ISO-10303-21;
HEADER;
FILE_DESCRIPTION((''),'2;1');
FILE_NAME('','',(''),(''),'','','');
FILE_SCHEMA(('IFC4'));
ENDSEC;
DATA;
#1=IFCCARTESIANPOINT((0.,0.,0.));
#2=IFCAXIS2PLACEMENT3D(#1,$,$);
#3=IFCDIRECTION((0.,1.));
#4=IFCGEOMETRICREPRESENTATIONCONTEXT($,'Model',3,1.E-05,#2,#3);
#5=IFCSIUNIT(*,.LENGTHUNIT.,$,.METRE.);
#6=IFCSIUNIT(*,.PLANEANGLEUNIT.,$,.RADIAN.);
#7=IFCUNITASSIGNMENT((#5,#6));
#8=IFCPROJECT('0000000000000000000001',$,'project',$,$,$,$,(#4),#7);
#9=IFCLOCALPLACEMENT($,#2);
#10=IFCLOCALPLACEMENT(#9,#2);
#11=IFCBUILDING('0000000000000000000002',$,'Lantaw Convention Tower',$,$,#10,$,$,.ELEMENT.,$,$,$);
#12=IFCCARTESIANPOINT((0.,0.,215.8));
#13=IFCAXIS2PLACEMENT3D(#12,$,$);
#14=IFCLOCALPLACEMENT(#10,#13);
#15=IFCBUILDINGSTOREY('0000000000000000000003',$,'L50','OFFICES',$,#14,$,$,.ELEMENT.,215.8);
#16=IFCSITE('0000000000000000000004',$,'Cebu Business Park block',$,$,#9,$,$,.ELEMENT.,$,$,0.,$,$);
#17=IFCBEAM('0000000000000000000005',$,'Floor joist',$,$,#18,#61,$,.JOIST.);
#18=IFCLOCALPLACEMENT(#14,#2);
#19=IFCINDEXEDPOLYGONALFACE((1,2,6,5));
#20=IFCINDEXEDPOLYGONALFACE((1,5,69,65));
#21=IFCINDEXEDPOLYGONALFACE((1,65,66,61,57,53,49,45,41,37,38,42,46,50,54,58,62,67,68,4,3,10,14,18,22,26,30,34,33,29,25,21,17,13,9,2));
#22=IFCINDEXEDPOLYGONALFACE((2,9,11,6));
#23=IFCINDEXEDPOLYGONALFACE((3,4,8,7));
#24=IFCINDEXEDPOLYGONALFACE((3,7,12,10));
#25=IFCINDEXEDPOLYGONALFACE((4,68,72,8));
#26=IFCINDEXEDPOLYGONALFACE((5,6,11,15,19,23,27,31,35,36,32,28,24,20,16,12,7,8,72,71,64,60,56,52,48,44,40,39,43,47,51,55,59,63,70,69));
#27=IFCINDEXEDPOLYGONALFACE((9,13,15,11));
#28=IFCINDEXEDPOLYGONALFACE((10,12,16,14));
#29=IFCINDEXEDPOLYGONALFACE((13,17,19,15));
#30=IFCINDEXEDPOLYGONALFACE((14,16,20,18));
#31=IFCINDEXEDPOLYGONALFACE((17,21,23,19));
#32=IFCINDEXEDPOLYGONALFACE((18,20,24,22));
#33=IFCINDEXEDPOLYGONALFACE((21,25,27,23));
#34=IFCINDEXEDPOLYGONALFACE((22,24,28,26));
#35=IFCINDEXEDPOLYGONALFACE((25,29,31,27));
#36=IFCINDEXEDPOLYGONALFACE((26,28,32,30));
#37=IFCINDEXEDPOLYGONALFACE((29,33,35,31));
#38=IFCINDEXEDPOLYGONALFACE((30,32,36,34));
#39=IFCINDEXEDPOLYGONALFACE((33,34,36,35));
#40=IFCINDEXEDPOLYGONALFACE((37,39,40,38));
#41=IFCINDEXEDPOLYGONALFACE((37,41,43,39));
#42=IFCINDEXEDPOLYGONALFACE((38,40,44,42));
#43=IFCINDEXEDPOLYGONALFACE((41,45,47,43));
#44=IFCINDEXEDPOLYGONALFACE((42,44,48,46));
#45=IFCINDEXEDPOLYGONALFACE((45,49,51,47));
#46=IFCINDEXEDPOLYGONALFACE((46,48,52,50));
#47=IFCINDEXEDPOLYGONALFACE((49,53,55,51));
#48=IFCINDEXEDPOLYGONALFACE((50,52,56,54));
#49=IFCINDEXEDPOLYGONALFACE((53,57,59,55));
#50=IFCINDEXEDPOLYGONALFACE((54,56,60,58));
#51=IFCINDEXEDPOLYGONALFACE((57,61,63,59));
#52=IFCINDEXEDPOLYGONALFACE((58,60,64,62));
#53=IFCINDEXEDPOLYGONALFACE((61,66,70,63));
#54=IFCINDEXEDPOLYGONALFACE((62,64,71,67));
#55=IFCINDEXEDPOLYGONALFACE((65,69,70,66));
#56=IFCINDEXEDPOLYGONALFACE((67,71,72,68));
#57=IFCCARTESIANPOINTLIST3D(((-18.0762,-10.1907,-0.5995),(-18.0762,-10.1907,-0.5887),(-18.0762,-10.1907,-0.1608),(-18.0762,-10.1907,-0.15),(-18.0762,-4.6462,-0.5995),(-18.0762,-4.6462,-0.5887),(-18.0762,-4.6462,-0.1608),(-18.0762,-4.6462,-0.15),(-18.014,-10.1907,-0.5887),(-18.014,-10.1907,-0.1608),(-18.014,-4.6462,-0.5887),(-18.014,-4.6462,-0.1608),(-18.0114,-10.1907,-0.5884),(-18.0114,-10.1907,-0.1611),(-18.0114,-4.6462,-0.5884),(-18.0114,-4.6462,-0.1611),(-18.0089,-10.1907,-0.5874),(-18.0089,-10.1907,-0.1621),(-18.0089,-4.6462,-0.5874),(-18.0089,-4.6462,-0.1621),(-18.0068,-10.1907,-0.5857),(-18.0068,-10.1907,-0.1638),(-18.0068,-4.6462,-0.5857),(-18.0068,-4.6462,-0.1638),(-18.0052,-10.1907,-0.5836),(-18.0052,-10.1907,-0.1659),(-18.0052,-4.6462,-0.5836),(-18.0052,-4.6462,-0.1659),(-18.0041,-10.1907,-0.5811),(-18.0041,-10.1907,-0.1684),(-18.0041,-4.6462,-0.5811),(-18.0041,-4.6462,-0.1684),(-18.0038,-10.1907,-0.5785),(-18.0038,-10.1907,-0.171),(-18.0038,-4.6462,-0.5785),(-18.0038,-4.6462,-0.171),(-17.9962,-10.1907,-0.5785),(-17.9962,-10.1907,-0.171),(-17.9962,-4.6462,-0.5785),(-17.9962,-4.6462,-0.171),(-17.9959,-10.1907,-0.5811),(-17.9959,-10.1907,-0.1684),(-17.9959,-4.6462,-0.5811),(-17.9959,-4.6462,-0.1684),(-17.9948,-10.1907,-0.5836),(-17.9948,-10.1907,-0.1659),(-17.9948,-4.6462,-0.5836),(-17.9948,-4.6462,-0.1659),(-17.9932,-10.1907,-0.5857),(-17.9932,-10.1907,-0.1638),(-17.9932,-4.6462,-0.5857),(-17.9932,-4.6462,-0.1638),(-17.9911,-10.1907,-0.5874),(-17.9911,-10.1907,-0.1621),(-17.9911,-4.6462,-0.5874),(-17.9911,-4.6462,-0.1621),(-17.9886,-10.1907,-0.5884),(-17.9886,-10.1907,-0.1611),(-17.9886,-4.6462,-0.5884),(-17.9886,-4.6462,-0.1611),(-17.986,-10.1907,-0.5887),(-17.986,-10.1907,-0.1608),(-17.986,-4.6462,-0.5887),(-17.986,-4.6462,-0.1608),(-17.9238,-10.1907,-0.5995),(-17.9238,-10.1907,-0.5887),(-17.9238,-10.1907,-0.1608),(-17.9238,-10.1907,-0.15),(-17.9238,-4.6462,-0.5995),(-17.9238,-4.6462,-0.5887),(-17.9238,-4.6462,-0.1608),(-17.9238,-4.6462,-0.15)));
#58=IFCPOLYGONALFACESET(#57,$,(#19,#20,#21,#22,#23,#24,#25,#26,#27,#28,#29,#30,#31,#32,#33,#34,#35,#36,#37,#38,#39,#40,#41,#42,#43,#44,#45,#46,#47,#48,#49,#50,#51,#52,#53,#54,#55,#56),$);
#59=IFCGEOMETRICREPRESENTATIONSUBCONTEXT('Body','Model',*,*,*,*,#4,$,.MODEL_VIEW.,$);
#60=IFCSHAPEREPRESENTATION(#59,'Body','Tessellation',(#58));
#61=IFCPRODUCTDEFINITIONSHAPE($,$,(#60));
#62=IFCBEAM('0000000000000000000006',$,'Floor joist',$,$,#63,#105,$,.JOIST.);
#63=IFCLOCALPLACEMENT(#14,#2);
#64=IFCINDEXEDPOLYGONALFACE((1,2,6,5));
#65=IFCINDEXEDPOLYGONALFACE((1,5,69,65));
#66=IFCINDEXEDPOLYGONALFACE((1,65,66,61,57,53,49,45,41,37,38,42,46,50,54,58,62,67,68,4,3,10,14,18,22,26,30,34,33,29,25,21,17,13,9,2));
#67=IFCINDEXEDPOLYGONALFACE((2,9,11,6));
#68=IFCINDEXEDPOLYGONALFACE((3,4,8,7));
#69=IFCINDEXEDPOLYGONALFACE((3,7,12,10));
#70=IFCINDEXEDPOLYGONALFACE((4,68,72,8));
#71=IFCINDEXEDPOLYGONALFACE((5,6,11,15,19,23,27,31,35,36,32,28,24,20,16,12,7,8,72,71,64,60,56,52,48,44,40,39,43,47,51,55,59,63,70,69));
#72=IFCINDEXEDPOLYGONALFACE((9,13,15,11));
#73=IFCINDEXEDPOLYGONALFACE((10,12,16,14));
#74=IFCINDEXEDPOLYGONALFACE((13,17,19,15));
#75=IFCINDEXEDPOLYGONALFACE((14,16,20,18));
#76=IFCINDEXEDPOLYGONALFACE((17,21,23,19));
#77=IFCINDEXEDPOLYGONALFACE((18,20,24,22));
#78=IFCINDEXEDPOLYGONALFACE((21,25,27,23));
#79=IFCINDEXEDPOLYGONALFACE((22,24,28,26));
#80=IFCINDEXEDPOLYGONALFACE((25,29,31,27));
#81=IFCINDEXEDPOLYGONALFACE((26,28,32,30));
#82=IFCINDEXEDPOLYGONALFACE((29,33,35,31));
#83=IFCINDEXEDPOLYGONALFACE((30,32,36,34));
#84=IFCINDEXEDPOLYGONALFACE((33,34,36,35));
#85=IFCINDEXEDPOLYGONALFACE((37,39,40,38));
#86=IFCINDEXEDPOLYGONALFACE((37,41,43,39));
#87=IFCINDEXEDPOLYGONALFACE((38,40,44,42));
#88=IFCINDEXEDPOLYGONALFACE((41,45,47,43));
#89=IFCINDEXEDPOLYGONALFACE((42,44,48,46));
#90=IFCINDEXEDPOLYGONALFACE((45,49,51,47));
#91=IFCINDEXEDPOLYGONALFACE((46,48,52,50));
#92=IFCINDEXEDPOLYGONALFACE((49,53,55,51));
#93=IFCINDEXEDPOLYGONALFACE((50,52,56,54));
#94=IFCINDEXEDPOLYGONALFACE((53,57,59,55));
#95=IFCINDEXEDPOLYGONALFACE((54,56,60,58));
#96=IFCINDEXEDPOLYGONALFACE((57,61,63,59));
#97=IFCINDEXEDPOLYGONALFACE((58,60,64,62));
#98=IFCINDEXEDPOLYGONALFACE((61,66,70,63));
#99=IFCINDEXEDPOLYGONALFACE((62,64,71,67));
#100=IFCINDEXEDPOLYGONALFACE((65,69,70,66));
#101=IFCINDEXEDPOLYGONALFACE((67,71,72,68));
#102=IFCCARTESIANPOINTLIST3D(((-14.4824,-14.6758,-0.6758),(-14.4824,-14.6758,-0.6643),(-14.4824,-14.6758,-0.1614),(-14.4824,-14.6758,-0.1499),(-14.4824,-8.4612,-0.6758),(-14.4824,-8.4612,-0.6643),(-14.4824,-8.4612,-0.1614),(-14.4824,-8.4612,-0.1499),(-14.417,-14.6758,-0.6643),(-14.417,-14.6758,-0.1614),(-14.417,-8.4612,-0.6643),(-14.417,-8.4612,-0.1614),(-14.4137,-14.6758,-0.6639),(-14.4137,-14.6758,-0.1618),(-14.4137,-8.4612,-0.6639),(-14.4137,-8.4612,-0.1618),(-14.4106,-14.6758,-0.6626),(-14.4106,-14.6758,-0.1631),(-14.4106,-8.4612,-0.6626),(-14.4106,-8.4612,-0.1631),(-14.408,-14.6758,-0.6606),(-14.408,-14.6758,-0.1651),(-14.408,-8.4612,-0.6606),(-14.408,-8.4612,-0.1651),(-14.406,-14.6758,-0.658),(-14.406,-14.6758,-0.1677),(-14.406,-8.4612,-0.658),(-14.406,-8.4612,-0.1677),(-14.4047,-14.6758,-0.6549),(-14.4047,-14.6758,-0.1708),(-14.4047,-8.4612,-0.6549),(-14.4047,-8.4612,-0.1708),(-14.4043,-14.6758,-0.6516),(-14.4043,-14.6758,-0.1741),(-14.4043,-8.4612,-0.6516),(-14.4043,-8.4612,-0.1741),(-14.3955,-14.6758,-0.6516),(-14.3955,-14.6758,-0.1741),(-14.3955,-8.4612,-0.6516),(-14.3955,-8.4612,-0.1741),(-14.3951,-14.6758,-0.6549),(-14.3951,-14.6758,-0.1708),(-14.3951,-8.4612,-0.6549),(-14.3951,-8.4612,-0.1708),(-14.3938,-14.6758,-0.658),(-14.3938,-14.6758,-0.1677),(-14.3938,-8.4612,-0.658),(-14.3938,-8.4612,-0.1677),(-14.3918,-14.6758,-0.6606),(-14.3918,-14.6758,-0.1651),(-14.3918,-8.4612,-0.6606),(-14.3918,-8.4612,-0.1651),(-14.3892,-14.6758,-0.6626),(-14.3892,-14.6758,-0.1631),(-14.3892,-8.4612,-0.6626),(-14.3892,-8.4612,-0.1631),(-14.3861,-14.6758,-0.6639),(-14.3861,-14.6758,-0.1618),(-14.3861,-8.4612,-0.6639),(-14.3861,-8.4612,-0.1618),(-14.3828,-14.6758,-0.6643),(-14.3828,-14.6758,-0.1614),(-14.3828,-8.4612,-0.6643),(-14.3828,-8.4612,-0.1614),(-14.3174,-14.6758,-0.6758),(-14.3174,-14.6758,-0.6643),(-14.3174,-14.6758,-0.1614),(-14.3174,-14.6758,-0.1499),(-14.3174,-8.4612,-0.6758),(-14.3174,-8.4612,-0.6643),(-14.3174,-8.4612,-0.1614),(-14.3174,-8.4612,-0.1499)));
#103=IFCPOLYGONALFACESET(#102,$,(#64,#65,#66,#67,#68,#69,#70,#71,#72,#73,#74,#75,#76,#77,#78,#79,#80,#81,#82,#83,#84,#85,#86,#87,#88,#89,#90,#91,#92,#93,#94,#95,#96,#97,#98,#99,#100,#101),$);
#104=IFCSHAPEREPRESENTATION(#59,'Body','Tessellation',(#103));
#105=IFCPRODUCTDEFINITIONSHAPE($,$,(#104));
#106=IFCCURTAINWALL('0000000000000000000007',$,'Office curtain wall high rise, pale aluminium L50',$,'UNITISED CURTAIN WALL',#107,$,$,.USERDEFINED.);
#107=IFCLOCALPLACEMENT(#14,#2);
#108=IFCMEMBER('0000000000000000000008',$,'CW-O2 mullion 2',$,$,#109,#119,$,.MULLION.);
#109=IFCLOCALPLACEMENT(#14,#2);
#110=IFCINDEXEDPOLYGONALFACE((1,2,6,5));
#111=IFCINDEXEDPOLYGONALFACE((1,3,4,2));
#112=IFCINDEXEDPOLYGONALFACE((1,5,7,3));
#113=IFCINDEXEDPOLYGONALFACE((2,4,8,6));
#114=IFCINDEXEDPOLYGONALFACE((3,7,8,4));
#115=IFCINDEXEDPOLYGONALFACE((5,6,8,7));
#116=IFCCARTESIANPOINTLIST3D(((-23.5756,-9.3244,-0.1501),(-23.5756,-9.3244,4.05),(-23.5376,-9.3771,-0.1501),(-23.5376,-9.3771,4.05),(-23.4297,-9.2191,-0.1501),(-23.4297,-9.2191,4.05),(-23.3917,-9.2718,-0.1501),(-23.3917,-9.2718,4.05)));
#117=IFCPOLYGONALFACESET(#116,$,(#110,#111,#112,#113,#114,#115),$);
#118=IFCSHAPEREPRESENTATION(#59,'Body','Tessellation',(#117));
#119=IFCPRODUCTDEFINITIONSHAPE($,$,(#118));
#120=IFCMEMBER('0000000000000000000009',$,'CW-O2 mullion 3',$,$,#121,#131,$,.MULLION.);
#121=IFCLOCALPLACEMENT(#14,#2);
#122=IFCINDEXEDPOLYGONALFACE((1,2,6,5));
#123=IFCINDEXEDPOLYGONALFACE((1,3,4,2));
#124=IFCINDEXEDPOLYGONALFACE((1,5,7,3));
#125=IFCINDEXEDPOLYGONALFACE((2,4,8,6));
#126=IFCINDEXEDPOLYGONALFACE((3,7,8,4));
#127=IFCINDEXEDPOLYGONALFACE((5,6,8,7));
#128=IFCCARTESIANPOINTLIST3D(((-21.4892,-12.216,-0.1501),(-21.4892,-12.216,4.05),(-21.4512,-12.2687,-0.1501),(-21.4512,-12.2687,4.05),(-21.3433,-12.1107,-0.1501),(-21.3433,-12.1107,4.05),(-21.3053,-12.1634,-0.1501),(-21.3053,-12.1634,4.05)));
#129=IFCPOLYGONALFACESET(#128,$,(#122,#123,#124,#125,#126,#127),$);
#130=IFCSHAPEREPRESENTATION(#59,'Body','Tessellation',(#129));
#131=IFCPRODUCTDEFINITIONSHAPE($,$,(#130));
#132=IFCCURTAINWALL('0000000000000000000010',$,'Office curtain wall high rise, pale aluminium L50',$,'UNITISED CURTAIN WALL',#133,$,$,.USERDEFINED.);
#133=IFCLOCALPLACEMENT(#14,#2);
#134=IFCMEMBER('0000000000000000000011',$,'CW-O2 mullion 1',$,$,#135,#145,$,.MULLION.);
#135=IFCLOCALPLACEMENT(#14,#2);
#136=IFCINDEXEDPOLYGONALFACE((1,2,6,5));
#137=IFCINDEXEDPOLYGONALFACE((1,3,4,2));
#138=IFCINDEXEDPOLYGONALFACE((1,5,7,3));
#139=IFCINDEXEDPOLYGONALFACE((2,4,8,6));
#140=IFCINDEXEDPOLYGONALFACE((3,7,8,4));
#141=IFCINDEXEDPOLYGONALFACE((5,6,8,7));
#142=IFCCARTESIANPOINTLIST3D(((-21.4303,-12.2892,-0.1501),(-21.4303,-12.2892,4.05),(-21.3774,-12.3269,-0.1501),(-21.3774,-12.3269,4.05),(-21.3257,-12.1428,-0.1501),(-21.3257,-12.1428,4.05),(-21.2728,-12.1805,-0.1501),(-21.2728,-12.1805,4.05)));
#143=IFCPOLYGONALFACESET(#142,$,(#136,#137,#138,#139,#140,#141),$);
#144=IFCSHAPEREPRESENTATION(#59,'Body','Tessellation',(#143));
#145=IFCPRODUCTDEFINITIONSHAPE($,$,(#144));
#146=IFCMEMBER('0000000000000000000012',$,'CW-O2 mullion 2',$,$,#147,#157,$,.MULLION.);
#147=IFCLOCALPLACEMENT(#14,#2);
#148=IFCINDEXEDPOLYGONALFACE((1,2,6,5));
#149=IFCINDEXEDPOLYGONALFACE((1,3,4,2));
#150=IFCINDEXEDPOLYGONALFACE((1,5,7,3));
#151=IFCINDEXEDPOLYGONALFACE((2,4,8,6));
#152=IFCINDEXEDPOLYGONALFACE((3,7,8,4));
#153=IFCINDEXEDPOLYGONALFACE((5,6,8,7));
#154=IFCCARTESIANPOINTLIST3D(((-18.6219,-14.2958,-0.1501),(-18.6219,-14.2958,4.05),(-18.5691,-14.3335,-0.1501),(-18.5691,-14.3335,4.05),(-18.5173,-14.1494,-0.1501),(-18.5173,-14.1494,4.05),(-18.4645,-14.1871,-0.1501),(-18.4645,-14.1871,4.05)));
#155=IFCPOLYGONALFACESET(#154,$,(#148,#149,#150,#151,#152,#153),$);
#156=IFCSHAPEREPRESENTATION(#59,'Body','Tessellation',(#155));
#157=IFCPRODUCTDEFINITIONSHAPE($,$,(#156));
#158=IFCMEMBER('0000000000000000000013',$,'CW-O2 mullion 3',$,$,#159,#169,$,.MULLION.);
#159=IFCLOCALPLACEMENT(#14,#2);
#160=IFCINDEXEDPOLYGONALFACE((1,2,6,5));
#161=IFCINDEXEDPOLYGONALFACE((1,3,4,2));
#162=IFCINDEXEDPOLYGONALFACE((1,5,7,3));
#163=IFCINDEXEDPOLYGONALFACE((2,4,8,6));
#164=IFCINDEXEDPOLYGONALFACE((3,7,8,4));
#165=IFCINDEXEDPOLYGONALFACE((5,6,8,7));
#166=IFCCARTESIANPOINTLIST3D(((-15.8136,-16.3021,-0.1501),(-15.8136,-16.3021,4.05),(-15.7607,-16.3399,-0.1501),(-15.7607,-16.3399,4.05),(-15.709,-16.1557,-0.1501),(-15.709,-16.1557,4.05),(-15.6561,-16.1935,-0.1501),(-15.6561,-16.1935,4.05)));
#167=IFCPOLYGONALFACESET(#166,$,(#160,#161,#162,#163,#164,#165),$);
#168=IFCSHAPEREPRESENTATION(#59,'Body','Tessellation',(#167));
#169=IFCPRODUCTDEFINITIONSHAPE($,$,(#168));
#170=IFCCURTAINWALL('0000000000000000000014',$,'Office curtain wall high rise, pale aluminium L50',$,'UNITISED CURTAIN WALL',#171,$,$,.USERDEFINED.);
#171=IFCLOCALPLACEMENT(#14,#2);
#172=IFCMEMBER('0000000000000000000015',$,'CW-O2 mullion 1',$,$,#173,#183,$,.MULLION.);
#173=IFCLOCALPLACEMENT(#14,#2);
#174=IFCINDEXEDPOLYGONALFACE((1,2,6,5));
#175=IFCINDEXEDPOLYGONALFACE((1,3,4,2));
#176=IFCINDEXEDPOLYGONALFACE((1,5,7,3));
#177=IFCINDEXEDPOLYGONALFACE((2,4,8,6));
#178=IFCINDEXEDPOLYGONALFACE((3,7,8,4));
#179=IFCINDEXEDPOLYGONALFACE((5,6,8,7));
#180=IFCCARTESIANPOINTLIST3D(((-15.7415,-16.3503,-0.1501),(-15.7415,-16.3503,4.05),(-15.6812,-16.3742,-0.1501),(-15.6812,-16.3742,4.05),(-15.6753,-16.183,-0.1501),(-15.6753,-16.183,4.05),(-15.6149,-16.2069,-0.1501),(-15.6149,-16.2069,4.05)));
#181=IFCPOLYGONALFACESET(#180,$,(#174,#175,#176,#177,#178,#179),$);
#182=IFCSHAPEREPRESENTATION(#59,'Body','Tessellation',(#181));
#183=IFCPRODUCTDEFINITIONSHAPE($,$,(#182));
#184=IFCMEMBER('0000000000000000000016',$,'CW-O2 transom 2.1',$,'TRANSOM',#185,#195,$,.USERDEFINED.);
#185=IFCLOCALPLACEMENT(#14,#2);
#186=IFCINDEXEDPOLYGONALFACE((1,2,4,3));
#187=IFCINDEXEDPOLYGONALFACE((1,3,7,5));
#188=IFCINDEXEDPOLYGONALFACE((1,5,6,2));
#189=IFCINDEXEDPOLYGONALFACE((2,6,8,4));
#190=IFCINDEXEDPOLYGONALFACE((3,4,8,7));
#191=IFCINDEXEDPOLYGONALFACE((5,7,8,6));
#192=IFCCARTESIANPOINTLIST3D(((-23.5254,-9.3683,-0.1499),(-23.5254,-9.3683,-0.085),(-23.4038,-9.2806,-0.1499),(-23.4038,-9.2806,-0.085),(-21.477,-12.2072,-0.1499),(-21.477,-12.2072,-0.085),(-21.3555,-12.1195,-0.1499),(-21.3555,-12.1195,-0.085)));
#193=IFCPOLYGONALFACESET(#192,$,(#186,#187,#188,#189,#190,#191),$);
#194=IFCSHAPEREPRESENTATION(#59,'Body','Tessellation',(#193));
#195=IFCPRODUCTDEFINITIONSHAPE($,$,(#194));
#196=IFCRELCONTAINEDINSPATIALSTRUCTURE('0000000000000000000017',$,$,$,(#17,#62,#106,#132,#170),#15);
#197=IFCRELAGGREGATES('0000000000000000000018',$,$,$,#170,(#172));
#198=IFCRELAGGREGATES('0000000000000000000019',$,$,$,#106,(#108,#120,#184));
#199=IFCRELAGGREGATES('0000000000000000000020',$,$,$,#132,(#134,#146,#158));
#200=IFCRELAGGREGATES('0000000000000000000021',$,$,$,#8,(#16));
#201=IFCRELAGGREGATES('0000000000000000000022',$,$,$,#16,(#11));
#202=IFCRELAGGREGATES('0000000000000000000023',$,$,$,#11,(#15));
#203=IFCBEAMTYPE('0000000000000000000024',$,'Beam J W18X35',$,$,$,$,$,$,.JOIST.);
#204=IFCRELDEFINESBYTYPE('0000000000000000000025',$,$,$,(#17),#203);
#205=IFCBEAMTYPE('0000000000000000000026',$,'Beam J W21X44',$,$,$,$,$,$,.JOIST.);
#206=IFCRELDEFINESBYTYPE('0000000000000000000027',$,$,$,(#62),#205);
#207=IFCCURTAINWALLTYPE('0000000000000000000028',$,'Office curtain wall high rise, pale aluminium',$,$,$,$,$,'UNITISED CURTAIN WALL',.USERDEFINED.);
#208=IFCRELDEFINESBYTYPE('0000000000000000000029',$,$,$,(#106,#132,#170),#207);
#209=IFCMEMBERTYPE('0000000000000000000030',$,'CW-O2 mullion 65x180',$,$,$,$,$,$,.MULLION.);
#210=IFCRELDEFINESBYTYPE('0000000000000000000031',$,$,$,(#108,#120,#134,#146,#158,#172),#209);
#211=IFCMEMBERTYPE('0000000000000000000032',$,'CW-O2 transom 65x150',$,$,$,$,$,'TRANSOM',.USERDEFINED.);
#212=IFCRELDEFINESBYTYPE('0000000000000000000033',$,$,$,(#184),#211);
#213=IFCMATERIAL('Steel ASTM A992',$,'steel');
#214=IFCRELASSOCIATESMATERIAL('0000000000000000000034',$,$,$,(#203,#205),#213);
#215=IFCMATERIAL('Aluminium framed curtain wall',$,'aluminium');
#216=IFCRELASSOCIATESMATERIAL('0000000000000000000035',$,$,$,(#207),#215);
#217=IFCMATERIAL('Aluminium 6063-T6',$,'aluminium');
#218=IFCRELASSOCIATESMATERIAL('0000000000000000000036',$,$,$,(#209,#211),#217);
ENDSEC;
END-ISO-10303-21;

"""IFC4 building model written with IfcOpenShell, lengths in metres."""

from ifc_helpers import new_model, si_unit, direction, frame, origin, origin_2d, place, context, subcontext, project, spatial, rectangle, i_section, extrude, material, material_profile, profile_set, type_object, element, aggregate, save


model = new_model("IFC4")

# Units and contexts
model_context = context("Model", 3, precision=1e-05, world=origin(), true_north=direction((0.0, 1.0)))
body_context = subcontext(model_context, "Body", "Model", "MODEL_VIEW")
ifc_project = project(units=[si_unit("LENGTHUNIT", "METRE"), si_unit("PLANEANGLEUNIT", "RADIAN")], contexts=[model_context])

# Site, building, storey
site_placement = place(None, origin())
site = spatial("IfcSite", under=ifc_project, at=site_placement, Name="Cebu Business Park block", CompositionType="ELEMENT", RefElevation=0.0)
building_placement = place(site_placement, origin())
building = spatial("IfcBuilding", under=site, at=building_placement, Name="Lantaw Convention Tower", CompositionType="ELEMENT")
storey_placement = place(building_placement, frame((0.0, 0.0, 215.8)))
storey = spatial("IfcBuildingStorey", under=building, at=storey_placement, Name="L50", Description="OFFICES", CompositionType="ELEMENT", Elevation=215.8)

# Beams
ifc_material_1 = material(Name="Steel ASTM A992", Category="steel")
ifc_material_profile_1 = material_profile(ifc_material_1, i_section(OverallWidth=0.1523, OverallDepth=0.4495, WebThickness=0.0076, FlangeThickness=0.0107, FilletRadius=0.0103, at=origin_2d()), Name="W18X35")
ifc_profile_set_1 = profile_set([ifc_material_profile_1], Name="Steel ASTM A992")
beam_type_1 = type_object("IfcBeamType", Name="Beam J W18X35", PredefinedType="JOIST", material=ifc_profile_set_1)
beam_1_placement = place(storey_placement, frame((-18.0, -10.1907, -0.3748), z_axis=(0.0, 1.0, 0.0), x_axis=(-1.0, 0.0, 0.0)))
element("IfcBeam", 1, at=beam_1_placement, inside=storey, type_object=beam_type_1, Name="Floor joist", PredefinedType="JOIST", context=body_context, shape_type="SweptSolid", body=[
    extrude(i_section(OverallWidth=0.1523, OverallDepth=0.4495, WebThickness=0.0076, FlangeThickness=0.0107, FilletRadius=0.0103, at=origin_2d()), origin(), (0.0, 0.0, 1.0), 5.5444),
])
ifc_material_profile_2 = material_profile(ifc_material_1, i_section(OverallWidth=0.165, OverallDepth=0.5259, WebThickness=0.0088, FlangeThickness=0.0115, FilletRadius=0.0127, at=origin_2d()), Name="W21X44")
ifc_profile_set_2 = profile_set([ifc_material_profile_2], Name="Steel ASTM A992")
beam_type_2 = type_object("IfcBeamType", Name="Beam J W21X44", PredefinedType="JOIST", material=ifc_profile_set_2)
beam_2_placement = place(storey_placement, frame((-14.3999, -14.6758, -0.4128), z_axis=(0.0, 1.0, 0.0), x_axis=(-1.0, 0.0, 0.0)))
element("IfcBeam", 2, at=beam_2_placement, inside=storey, type_object=beam_type_2, Name="Floor joist", PredefinedType="JOIST", context=body_context, shape_type="SweptSolid", body=[
    extrude(i_section(OverallWidth=0.165, OverallDepth=0.5259, WebThickness=0.0088, FlangeThickness=0.0115, FilletRadius=0.0127, at=origin_2d()), origin(), (0.0, 0.0, 1.0), 6.2146),
])

# Curtain walls, members
ifc_material_2 = material(Name="Aluminium framed curtain wall", Category="aluminium")
curtain_wall_type = type_object("IfcCurtainWallType", Name="Office curtain wall high rise, pale aluminium", ElementType="UNITISED CURTAIN WALL", PredefinedType="USERDEFINED", material=ifc_material_2)
curtain_wall_1_placement = place(storey_placement, origin())
curtain_wall_1 = element("IfcCurtainWall", 3, at=curtain_wall_1_placement, inside=storey, type_object=curtain_wall_type, Name="Office curtain wall high rise, pale aluminium L50", ObjectType="UNITISED CURTAIN WALL", PredefinedType="USERDEFINED")
ifc_material_3 = material(Name="Aluminium 6063-T6", Category="aluminium")
ifc_material_profile_3 = material_profile(ifc_material_3, rectangle(XDim=0.1799, YDim=0.0649, at=origin_2d()), Name="CW-O2 mullion 65x180")
ifc_profile_set_3 = profile_set([ifc_material_profile_3], Name="Aluminium 6063-T6")
member_type_1 = type_object("IfcMemberType", Name="CW-O2 mullion 65x180", PredefinedType="MULLION", material=ifc_profile_set_3)
member_1_placement = place(storey_placement, frame((-23.4836, -9.2981, -0.1501), z_axis=(0.0, 0.0, 1.0), x_axis=(0.81092, 0.585158, 0.0)))
member_1 = element("IfcMember", 4, at=member_1_placement, type_object=member_type_1, Name="CW-O2 mullion 2", PredefinedType="MULLION", context=body_context, shape_type="SweptSolid", body=[
    extrude(rectangle(XDim=0.1799, YDim=0.0649, at=origin_2d()), origin(), (0.0, 0.0, 1.0), 4.2002),
])
member_2_placement = place(storey_placement, frame((-21.3972, -12.1897, -0.1501), z_axis=(0.0, 0.0, 1.0), x_axis=(0.81092, 0.585158, 0.0)))
member_2 = element("IfcMember", 5, at=member_2_placement, type_object=member_type_1, Name="CW-O2 mullion 3", PredefinedType="MULLION", context=body_context, shape_type="SweptSolid", body=[
    extrude(rectangle(XDim=0.1799, YDim=0.0649, at=origin_2d()), origin(), (0.0, 0.0, 1.0), 4.2002),
])
curtain_wall_2_placement = place(storey_placement, origin())
curtain_wall_2 = element("IfcCurtainWall", 6, at=curtain_wall_2_placement, inside=storey, type_object=curtain_wall_type, Name="Office curtain wall high rise, pale aluminium L50", ObjectType="UNITISED CURTAIN WALL", PredefinedType="USERDEFINED")
member_3_placement = place(storey_placement, frame((-21.3516, -12.2349, -0.1501), z_axis=(0.0, 0.0, 1.0), x_axis=(0.581323, 0.813673, 0.0)))
member_3 = element("IfcMember", 7, at=member_3_placement, type_object=member_type_1, Name="CW-O2 mullion 1", PredefinedType="MULLION", context=body_context, shape_type="SweptSolid", body=[
    extrude(rectangle(XDim=0.1799, YDim=0.0649, at=origin_2d()), origin(), (0.0, 0.0, 1.0), 4.2002),
])
member_4_placement = place(storey_placement, frame((-18.5432, -14.2415, -0.1501), z_axis=(0.0, 0.0, 1.0), x_axis=(0.581323, 0.813673, 0.0)))
member_4 = element("IfcMember", 8, at=member_4_placement, type_object=member_type_1, Name="CW-O2 mullion 2", PredefinedType="MULLION", context=body_context, shape_type="SweptSolid", body=[
    extrude(rectangle(XDim=0.1799, YDim=0.0649, at=origin_2d()), origin(), (0.0, 0.0, 1.0), 4.2002),
])
member_5_placement = place(storey_placement, frame((-15.7349, -16.2478, -0.1501), z_axis=(0.0, 0.0, 1.0), x_axis=(0.581323, 0.813673, 0.0)))
member_5 = element("IfcMember", 9, at=member_5_placement, type_object=member_type_1, Name="CW-O2 mullion 3", PredefinedType="MULLION", context=body_context, shape_type="SweptSolid", body=[
    extrude(rectangle(XDim=0.1799, YDim=0.0649, at=origin_2d()), origin(), (0.0, 0.0, 1.0), 4.2002),
])

# Curtain wall, member
curtain_wall_3_placement = place(storey_placement, origin())
curtain_wall_3 = element("IfcCurtainWall", 10, at=curtain_wall_3_placement, inside=storey, type_object=curtain_wall_type, Name="Office curtain wall high rise, pale aluminium L50", ObjectType="UNITISED CURTAIN WALL", PredefinedType="USERDEFINED")
member_6_placement = place(storey_placement, frame((-15.6782, -16.2786, -0.1501), z_axis=(0.0, 0.0, 1.0), x_axis=(0.368162, 0.929762, 0.0)))
member_6 = element("IfcMember", 11, at=member_6_placement, type_object=member_type_1, Name="CW-O2 mullion 1", PredefinedType="MULLION", context=body_context, shape_type="SweptSolid", body=[
    extrude(rectangle(XDim=0.1799, YDim=0.0649, at=origin_2d()), origin(), (0.0, 0.0, 1.0), 4.2002),
])

# Member
ifc_material_profile_4 = material_profile(ifc_material_3, rectangle(XDim=0.1499, YDim=0.0649, at=origin_2d()), Name="CW-O2 transom 65x150")
ifc_profile_set_4 = profile_set([ifc_material_profile_4], Name="Aluminium 6063-T6")
member_type_2 = type_object("IfcMemberType", Name="CW-O2 transom 65x150", ElementType="TRANSOM", PredefinedType="USERDEFINED", material=ifc_profile_set_4)
member_7_placement = place(storey_placement, frame((-23.4646, -9.3245, -0.1174), z_axis=(0.585124, -0.810944, 0.0), x_axis=(0.810944, 0.585124, 0.0)))
member_7 = element("IfcMember", 12, at=member_7_placement, type_object=member_type_2, Name="CW-O2 transom 2.1", ObjectType="TRANSOM", PredefinedType="USERDEFINED", context=body_context, shape_type="SweptSolid", body=[
    extrude(rectangle(XDim=0.1499, YDim=0.0649, at=origin_2d()), origin(), (0.0, 0.0, 1.0), 3.5007),
])
aggregate(curtain_wall_3, [member_6])

aggregate(curtain_wall_1, [member_1, member_2, member_7])
aggregate(curtain_wall_2, [member_3, member_4, member_5])

save(model, "model.ifc")
